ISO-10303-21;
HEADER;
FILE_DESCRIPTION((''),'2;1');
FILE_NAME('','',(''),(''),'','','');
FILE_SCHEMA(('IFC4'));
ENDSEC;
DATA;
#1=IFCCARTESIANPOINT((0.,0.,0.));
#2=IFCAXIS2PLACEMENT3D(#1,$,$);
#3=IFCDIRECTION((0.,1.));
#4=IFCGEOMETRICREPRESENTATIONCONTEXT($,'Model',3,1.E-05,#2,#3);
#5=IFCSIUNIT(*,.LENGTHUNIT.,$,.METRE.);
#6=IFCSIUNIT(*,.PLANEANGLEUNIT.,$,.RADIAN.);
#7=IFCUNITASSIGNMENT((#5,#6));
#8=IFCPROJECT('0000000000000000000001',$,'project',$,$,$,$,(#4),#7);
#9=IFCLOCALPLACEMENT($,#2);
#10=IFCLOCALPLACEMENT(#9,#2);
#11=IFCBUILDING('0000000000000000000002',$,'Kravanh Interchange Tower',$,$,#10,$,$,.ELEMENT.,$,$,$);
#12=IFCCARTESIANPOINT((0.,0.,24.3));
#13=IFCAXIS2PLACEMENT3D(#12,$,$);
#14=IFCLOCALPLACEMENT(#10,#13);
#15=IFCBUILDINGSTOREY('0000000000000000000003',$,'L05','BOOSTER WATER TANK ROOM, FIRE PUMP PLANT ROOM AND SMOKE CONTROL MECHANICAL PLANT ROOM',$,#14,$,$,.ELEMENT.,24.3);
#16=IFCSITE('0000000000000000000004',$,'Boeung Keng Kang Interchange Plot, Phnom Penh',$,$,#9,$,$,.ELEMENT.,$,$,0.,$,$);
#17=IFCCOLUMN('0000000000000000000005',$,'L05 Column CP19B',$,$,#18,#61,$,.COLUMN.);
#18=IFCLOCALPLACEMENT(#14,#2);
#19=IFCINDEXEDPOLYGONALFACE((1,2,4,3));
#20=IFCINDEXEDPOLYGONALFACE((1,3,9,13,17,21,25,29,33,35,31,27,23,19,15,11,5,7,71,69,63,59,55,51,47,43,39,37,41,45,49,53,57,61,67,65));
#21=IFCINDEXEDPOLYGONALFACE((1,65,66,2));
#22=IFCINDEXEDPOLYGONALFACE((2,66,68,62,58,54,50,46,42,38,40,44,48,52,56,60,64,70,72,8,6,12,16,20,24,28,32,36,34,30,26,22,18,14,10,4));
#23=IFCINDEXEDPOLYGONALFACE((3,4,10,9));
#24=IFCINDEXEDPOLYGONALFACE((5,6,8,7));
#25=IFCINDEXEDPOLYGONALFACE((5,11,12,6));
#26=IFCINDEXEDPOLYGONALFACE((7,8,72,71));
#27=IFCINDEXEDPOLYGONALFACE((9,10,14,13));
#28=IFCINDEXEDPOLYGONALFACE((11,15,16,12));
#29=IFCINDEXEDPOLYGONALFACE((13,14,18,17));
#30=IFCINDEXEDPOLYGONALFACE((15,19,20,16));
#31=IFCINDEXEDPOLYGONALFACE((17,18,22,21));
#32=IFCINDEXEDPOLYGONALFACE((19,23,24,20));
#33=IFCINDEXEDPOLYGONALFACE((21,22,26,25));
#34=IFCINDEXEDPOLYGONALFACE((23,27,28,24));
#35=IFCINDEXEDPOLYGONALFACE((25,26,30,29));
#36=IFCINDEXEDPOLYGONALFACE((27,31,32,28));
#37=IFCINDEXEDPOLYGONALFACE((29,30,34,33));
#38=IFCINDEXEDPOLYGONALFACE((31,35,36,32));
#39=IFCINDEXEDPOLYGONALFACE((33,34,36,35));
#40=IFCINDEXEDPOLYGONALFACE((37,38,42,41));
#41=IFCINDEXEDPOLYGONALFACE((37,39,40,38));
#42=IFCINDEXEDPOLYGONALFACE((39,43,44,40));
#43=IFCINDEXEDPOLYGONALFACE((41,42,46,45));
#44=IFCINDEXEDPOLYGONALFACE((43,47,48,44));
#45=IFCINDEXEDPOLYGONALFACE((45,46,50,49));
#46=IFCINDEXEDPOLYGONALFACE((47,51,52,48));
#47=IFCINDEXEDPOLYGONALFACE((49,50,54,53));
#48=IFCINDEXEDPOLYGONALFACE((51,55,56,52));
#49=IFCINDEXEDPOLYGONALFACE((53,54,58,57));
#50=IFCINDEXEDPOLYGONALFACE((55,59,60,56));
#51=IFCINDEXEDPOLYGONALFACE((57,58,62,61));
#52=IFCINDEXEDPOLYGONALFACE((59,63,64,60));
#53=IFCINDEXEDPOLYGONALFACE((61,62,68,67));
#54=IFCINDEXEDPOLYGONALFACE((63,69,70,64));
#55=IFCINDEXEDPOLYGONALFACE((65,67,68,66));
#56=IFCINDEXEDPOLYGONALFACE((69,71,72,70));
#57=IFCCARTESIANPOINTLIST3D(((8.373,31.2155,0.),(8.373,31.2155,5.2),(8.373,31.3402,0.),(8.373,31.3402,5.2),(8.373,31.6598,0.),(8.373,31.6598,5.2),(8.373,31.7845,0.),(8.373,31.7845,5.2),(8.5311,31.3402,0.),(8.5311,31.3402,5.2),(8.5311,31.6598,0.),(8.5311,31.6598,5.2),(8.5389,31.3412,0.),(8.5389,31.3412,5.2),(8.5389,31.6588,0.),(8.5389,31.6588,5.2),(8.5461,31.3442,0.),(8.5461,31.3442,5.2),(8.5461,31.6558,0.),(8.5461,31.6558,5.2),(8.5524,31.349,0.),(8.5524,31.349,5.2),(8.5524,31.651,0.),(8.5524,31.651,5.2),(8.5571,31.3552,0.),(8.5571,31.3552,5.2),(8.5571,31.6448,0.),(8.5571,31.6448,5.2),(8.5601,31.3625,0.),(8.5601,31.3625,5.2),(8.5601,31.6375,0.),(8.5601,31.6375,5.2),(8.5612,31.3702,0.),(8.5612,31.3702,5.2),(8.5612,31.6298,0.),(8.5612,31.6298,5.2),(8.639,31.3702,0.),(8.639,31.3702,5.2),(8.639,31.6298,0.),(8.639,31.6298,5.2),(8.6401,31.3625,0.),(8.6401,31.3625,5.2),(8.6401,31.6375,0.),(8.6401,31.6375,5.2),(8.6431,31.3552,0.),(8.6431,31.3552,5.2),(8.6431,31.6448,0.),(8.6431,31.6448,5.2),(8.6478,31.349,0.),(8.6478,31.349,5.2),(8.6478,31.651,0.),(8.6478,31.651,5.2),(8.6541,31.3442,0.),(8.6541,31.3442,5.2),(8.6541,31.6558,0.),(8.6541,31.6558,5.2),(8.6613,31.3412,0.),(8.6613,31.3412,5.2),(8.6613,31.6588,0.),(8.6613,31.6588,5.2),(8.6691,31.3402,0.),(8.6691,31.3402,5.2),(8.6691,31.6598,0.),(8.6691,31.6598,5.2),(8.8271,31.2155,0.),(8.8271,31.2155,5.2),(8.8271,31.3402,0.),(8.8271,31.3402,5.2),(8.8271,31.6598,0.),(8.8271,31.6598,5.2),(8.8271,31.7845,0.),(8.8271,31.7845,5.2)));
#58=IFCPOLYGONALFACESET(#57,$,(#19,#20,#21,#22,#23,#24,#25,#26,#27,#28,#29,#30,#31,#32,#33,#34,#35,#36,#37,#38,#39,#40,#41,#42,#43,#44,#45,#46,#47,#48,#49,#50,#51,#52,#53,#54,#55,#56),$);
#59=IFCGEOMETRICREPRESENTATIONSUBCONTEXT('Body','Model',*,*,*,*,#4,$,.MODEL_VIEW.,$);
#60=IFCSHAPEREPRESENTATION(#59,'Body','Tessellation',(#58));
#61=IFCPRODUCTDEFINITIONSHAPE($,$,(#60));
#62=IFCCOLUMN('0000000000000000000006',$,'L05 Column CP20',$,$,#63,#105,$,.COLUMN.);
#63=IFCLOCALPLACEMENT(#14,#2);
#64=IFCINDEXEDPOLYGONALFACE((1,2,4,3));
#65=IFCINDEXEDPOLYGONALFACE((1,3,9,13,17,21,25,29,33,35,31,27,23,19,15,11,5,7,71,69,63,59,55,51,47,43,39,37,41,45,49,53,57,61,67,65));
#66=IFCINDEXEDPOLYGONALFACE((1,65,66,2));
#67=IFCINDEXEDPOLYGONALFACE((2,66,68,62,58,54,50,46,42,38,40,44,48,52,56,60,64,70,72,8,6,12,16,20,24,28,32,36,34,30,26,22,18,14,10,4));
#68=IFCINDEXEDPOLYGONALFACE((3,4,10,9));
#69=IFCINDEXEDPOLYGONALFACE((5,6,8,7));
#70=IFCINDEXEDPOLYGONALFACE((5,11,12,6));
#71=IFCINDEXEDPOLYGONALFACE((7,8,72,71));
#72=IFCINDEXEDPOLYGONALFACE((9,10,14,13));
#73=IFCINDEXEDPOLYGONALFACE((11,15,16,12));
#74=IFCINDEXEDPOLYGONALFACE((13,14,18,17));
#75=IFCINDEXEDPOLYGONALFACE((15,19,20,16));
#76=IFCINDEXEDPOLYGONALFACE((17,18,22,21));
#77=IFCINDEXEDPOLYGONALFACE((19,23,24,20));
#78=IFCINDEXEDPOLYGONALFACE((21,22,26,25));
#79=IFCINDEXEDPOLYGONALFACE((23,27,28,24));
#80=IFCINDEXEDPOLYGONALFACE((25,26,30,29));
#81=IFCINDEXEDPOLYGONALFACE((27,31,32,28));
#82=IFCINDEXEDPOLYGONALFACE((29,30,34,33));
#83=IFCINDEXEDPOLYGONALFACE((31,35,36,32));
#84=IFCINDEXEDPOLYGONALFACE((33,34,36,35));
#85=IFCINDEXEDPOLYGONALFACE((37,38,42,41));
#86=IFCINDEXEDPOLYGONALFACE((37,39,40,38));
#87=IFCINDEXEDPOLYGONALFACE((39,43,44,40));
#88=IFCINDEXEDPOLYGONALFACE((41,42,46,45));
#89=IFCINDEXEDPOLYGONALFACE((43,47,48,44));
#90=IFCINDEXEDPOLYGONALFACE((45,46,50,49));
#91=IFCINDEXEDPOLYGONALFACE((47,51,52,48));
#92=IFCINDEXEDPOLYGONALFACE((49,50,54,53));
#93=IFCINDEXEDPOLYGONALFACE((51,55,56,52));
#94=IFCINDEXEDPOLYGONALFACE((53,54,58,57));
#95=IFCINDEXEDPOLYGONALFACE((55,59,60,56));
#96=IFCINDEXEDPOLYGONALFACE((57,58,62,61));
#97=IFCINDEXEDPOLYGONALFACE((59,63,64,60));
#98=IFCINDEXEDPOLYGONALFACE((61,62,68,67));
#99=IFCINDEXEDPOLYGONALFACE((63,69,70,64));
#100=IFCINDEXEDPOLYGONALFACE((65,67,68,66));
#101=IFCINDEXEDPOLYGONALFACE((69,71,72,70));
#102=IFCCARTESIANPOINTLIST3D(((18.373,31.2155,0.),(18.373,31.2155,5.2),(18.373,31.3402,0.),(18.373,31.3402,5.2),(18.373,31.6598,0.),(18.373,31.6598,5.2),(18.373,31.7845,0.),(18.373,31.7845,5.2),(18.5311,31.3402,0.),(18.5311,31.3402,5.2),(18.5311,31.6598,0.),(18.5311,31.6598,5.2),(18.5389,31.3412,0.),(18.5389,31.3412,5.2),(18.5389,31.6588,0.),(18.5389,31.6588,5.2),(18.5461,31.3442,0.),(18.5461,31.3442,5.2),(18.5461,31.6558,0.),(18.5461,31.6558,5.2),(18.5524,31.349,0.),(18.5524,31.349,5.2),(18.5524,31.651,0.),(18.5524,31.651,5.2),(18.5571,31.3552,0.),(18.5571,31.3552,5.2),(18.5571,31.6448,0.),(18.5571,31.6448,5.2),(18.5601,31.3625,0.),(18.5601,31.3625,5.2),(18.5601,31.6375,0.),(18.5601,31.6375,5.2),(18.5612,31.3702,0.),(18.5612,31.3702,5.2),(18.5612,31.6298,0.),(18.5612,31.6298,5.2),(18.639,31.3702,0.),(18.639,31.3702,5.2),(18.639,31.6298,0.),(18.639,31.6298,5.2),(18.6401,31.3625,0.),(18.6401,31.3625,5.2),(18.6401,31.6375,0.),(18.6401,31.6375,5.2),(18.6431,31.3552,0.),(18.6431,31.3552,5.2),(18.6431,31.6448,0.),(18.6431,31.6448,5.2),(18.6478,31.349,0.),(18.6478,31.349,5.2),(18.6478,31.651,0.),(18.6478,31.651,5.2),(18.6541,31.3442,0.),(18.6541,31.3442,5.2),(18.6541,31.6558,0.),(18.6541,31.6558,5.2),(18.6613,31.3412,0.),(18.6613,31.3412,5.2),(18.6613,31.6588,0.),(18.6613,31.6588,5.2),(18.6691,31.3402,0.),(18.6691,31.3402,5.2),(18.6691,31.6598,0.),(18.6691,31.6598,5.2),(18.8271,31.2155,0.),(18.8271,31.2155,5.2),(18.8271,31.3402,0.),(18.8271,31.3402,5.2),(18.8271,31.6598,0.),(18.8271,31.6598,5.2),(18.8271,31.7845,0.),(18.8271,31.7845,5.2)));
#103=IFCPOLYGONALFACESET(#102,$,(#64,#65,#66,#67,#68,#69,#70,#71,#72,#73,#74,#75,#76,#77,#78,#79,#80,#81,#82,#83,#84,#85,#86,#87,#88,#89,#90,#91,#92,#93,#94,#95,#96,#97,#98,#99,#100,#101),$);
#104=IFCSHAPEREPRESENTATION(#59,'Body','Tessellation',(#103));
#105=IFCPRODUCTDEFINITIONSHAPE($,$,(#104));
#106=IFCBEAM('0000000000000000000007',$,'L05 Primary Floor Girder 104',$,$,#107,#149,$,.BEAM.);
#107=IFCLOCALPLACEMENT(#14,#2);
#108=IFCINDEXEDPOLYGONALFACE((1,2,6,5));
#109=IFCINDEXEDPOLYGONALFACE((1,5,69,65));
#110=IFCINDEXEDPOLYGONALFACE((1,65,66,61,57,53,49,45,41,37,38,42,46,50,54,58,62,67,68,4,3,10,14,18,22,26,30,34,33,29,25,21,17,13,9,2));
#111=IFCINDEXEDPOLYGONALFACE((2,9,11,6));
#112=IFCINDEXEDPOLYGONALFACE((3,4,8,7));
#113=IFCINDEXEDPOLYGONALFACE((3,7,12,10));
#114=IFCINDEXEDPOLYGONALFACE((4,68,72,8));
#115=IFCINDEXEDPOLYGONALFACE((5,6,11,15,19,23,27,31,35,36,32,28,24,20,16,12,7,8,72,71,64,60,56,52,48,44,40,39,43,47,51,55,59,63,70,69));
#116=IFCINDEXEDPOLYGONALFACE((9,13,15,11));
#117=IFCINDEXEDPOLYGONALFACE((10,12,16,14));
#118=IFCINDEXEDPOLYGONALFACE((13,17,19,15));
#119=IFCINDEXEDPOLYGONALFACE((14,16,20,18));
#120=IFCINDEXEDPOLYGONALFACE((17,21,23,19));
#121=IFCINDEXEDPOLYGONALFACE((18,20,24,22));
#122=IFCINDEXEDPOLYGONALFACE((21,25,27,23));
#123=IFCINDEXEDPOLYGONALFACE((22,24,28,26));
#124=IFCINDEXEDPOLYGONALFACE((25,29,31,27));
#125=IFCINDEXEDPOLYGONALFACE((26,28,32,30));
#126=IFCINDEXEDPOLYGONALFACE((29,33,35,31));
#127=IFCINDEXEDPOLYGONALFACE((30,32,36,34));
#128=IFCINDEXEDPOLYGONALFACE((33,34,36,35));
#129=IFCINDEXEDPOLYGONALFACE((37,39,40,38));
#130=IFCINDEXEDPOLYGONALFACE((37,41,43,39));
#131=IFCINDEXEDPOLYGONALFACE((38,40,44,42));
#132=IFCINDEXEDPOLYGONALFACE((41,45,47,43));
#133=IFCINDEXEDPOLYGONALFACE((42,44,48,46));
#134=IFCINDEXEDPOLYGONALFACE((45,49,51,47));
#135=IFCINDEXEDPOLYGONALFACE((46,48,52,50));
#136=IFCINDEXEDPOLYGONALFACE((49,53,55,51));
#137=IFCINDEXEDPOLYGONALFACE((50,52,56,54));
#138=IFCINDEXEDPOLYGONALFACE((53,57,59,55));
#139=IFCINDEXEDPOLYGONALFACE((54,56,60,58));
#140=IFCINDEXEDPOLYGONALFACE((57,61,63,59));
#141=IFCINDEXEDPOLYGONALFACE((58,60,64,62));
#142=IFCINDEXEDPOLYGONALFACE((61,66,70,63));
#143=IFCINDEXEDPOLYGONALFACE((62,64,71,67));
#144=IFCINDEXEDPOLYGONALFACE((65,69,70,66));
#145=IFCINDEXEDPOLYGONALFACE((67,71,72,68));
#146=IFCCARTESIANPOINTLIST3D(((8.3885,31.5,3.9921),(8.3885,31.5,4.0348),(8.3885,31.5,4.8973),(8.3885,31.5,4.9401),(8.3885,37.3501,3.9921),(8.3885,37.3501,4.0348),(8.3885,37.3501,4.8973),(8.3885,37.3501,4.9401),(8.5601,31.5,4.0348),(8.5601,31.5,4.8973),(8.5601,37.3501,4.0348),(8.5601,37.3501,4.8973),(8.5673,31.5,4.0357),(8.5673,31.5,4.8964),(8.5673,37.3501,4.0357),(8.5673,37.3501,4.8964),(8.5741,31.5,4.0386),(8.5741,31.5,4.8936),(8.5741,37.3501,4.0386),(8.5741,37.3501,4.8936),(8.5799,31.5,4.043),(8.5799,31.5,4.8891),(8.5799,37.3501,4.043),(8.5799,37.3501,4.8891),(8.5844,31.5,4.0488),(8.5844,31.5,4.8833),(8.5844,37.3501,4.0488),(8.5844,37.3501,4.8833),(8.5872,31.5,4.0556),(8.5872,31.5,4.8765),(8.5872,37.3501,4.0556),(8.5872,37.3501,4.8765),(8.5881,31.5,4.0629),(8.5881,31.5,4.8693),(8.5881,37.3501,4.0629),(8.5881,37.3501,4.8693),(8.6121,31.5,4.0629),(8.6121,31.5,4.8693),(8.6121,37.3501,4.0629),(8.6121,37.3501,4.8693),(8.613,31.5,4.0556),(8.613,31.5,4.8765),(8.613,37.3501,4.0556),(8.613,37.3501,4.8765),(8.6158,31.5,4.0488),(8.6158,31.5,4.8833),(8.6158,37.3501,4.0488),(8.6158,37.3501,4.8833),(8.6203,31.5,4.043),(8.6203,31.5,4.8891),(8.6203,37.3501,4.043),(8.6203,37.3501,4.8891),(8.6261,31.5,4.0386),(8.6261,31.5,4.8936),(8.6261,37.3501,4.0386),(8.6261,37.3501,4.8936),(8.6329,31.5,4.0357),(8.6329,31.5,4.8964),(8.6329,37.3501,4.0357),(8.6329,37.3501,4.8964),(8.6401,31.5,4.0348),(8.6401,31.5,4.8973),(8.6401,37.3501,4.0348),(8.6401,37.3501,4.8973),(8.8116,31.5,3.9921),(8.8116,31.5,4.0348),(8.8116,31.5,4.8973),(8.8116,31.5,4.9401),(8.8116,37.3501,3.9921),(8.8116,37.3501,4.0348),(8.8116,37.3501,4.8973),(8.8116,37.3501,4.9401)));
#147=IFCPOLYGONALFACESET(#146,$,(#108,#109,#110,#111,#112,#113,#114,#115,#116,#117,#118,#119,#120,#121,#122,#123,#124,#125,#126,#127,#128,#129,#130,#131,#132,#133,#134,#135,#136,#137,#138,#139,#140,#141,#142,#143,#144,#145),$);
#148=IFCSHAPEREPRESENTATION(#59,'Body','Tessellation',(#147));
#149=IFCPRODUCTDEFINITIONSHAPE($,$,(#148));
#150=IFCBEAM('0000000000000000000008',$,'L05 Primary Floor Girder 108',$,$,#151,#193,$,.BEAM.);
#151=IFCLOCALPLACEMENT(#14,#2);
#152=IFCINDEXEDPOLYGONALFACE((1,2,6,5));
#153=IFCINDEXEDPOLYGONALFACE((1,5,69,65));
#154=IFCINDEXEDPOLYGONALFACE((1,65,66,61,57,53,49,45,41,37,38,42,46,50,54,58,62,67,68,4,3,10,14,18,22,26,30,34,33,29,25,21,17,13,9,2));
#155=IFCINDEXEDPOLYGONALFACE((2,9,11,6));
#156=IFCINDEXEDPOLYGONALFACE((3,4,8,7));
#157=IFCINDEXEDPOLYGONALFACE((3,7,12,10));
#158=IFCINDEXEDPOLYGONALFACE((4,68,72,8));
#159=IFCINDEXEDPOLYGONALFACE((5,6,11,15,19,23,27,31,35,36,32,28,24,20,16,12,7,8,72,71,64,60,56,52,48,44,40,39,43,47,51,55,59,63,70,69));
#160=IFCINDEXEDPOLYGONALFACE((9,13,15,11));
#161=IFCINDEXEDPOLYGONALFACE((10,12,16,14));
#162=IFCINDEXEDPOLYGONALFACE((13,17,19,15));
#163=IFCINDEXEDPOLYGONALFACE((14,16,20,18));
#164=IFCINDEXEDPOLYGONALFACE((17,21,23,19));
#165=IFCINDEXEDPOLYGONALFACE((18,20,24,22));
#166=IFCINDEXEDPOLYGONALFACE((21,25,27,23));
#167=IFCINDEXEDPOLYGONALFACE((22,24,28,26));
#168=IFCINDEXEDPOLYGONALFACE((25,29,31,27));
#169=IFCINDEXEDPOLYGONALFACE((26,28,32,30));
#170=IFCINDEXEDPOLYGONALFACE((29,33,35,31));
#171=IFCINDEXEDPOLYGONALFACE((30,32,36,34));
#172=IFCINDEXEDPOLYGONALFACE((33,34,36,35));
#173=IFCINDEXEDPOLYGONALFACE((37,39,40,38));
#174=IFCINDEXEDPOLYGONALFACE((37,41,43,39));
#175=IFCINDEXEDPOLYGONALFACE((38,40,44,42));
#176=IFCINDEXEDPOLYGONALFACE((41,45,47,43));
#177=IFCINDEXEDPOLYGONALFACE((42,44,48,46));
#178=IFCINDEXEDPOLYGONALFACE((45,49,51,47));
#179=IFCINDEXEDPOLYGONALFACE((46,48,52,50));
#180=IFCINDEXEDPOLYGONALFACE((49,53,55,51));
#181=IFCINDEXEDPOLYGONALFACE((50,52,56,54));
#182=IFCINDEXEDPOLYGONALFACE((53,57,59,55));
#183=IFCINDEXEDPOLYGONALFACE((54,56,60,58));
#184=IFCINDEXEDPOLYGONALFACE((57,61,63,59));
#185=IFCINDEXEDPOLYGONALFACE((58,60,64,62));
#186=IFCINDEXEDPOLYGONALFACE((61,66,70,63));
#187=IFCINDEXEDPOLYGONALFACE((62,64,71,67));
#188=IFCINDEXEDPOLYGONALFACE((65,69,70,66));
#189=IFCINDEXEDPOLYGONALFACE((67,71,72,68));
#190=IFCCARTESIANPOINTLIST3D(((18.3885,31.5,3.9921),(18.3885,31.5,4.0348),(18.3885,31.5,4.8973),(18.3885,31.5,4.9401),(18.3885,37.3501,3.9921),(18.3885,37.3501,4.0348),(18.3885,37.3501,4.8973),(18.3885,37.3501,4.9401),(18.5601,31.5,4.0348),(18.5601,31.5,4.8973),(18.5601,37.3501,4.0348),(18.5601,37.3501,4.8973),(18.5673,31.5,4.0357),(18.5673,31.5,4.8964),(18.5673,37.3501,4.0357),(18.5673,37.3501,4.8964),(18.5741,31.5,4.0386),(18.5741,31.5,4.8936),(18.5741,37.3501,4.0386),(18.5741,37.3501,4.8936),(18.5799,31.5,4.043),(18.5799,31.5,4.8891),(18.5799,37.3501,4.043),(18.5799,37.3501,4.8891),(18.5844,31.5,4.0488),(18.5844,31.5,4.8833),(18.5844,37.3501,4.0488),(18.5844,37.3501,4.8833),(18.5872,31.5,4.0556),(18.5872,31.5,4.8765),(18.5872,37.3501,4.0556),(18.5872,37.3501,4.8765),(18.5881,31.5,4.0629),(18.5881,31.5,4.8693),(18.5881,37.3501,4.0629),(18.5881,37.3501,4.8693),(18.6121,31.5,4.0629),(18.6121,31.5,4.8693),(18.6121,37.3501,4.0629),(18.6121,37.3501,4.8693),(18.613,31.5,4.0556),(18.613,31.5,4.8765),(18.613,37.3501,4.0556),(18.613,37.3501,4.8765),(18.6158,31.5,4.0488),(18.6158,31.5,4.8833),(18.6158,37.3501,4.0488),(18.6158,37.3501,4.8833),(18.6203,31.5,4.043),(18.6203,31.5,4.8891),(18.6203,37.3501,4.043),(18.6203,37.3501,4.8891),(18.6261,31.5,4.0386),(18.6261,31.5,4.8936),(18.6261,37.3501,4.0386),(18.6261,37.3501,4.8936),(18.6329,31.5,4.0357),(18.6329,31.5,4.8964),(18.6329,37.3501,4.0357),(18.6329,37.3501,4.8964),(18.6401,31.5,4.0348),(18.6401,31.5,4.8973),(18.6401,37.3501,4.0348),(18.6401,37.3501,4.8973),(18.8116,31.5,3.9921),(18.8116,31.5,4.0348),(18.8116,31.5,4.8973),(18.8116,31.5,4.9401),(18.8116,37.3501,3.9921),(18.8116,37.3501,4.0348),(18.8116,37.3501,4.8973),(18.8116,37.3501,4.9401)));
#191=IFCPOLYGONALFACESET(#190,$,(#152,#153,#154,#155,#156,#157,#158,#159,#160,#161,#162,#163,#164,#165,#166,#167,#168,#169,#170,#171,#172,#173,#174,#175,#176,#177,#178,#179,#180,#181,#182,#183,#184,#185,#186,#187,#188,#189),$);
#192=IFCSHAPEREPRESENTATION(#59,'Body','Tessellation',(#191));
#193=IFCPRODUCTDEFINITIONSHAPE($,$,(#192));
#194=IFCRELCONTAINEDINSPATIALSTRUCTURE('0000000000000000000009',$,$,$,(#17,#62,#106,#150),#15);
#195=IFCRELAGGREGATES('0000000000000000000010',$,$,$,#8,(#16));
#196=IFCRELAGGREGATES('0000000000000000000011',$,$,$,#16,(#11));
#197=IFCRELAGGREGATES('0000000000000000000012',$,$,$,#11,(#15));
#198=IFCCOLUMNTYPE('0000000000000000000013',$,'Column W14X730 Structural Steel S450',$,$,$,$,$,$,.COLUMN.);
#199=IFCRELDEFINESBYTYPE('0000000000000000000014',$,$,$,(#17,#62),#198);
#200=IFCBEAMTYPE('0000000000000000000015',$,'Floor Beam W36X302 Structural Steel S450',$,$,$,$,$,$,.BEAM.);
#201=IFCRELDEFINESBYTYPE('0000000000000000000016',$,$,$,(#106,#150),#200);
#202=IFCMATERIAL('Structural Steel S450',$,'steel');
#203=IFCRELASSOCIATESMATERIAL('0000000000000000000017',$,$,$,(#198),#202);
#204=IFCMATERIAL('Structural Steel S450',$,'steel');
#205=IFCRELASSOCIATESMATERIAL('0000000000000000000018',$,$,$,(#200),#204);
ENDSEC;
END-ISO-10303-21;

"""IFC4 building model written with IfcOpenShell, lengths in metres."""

from ifc_helpers import new_model, si_unit, direction, frame, origin, origin_2d, place, context, subcontext, project, spatial, i_section, extrude, material, material_profile, profile_set, type_object, element, save


model = new_model("IFC4")

# Units and contexts
model_context = context("Model", 3, precision=1e-05, world=origin(), true_north=direction((0.0, 1.0)))
body_context = subcontext(model_context, "Body", "Model", "MODEL_VIEW")
ifc_project = project(units=[si_unit("LENGTHUNIT", "METRE"), si_unit("PLANEANGLEUNIT", "RADIAN")], contexts=[model_context])

# Site, building, storey
site_placement = place(None, origin())
site = spatial("IfcSite", under=ifc_project, at=site_placement, Name="Boeung Keng Kang Interchange Plot, Phnom Penh", CompositionType="ELEMENT", RefElevation=0.0)
building_placement = place(site_placement, origin())
building = spatial("IfcBuilding", under=site, at=building_placement, Name="Kravanh Interchange Tower", CompositionType="ELEMENT")
storey_placement = place(building_placement, frame((0.0, 0.0, 24.3)))
storey = spatial("IfcBuildingStorey", under=building, at=storey_placement, Name="L05", Description="BOOSTER WATER TANK ROOM, FIRE PUMP PLANT ROOM AND SMOKE CONTROL MECHANICAL PLANT ROOM", CompositionType="ELEMENT", Elevation=24.3)

# Columns
ifc_material_1 = material(Name="Structural Steel S450", Category="steel")
ifc_material_profile_1 = material_profile(ifc_material_1, i_section(OverallWidth=0.4541, OverallDepth=0.5691, WebThickness=0.0779, FlangeThickness=0.1248, FilletRadius=0.03, at=origin_2d()), Name="W14X730")
ifc_profile_set_1 = profile_set([ifc_material_profile_1], Name="Structural Steel S450")
column_type = type_object("IfcColumnType", Name="Column W14X730 Structural Steel S450", PredefinedType="COLUMN", material=ifc_profile_set_1)
for number, where, z_axis, x_axis, name in (
    (1, (8.6001, 31.5, 0.0), (0.0, 0.0, 1.0), (1.0, 0.0, 0.0), "L05 Column CP19B"),
    (2, (18.6001, 31.5, 0.0), (0.0, 0.0, 1.0), (1.0, 0.0, 0.0), "L05 Column CP20"),
):
    element("IfcColumn", number, at=place(storey_placement, frame(where, z_axis=z_axis, x_axis=x_axis)), inside=storey, type_object=column_type, Name=name, PredefinedType="COLUMN", context=body_context, shape_type="SweptSolid", body=[
        extrude(i_section(OverallWidth=0.4541, OverallDepth=0.5691, WebThickness=0.0779, FlangeThickness=0.1248, FilletRadius=0.03, at=origin_2d()), origin(), (0.0, 0.0, 1.0), 5.2),
    ])

# Beams
ifc_material_2 = material(Name="Structural Steel S450", Category="steel")
ifc_material_profile_2 = material_profile(ifc_material_2, i_section(OverallWidth=0.4231, OverallDepth=0.948, WebThickness=0.0239, FlangeThickness=0.0427, FilletRadius=0.0281, at=origin_2d()), Name="W36X302")
ifc_profile_set_2 = profile_set([ifc_material_profile_2], Name="Structural Steel S450")
beam_type_1 = type_object("IfcBeamType", Name="Floor Beam W36X302 Structural Steel S450", PredefinedType="BEAM", material=ifc_profile_set_2)
for number, where, z_axis, x_axis, name in (
    (3, (8.6001, 31.5, 4.4661), (0.0, 1.0, 0.0), (-1.0, 0.0, 0.0), "L05 Primary Floor Girder 104"),
    (4, (18.6001, 31.5, 4.4661), (0.0, 1.0, 0.0), (-1.0, 0.0, 0.0), "L05 Primary Floor Girder 108"),
):
    element("IfcBeam", number, at=place(storey_placement, frame(where, z_axis=z_axis, x_axis=x_axis)), inside=storey, type_object=beam_type_1, Name=name, PredefinedType="BEAM", context=body_context, shape_type="SweptSolid", body=[
        extrude(i_section(OverallWidth=0.4231, OverallDepth=0.948, WebThickness=0.0239, FlangeThickness=0.0427, FilletRadius=0.0281, at=origin_2d()), origin(), (0.0, 0.0, 1.0), 5.8501),
    ])

save(model, "model.ifc")
